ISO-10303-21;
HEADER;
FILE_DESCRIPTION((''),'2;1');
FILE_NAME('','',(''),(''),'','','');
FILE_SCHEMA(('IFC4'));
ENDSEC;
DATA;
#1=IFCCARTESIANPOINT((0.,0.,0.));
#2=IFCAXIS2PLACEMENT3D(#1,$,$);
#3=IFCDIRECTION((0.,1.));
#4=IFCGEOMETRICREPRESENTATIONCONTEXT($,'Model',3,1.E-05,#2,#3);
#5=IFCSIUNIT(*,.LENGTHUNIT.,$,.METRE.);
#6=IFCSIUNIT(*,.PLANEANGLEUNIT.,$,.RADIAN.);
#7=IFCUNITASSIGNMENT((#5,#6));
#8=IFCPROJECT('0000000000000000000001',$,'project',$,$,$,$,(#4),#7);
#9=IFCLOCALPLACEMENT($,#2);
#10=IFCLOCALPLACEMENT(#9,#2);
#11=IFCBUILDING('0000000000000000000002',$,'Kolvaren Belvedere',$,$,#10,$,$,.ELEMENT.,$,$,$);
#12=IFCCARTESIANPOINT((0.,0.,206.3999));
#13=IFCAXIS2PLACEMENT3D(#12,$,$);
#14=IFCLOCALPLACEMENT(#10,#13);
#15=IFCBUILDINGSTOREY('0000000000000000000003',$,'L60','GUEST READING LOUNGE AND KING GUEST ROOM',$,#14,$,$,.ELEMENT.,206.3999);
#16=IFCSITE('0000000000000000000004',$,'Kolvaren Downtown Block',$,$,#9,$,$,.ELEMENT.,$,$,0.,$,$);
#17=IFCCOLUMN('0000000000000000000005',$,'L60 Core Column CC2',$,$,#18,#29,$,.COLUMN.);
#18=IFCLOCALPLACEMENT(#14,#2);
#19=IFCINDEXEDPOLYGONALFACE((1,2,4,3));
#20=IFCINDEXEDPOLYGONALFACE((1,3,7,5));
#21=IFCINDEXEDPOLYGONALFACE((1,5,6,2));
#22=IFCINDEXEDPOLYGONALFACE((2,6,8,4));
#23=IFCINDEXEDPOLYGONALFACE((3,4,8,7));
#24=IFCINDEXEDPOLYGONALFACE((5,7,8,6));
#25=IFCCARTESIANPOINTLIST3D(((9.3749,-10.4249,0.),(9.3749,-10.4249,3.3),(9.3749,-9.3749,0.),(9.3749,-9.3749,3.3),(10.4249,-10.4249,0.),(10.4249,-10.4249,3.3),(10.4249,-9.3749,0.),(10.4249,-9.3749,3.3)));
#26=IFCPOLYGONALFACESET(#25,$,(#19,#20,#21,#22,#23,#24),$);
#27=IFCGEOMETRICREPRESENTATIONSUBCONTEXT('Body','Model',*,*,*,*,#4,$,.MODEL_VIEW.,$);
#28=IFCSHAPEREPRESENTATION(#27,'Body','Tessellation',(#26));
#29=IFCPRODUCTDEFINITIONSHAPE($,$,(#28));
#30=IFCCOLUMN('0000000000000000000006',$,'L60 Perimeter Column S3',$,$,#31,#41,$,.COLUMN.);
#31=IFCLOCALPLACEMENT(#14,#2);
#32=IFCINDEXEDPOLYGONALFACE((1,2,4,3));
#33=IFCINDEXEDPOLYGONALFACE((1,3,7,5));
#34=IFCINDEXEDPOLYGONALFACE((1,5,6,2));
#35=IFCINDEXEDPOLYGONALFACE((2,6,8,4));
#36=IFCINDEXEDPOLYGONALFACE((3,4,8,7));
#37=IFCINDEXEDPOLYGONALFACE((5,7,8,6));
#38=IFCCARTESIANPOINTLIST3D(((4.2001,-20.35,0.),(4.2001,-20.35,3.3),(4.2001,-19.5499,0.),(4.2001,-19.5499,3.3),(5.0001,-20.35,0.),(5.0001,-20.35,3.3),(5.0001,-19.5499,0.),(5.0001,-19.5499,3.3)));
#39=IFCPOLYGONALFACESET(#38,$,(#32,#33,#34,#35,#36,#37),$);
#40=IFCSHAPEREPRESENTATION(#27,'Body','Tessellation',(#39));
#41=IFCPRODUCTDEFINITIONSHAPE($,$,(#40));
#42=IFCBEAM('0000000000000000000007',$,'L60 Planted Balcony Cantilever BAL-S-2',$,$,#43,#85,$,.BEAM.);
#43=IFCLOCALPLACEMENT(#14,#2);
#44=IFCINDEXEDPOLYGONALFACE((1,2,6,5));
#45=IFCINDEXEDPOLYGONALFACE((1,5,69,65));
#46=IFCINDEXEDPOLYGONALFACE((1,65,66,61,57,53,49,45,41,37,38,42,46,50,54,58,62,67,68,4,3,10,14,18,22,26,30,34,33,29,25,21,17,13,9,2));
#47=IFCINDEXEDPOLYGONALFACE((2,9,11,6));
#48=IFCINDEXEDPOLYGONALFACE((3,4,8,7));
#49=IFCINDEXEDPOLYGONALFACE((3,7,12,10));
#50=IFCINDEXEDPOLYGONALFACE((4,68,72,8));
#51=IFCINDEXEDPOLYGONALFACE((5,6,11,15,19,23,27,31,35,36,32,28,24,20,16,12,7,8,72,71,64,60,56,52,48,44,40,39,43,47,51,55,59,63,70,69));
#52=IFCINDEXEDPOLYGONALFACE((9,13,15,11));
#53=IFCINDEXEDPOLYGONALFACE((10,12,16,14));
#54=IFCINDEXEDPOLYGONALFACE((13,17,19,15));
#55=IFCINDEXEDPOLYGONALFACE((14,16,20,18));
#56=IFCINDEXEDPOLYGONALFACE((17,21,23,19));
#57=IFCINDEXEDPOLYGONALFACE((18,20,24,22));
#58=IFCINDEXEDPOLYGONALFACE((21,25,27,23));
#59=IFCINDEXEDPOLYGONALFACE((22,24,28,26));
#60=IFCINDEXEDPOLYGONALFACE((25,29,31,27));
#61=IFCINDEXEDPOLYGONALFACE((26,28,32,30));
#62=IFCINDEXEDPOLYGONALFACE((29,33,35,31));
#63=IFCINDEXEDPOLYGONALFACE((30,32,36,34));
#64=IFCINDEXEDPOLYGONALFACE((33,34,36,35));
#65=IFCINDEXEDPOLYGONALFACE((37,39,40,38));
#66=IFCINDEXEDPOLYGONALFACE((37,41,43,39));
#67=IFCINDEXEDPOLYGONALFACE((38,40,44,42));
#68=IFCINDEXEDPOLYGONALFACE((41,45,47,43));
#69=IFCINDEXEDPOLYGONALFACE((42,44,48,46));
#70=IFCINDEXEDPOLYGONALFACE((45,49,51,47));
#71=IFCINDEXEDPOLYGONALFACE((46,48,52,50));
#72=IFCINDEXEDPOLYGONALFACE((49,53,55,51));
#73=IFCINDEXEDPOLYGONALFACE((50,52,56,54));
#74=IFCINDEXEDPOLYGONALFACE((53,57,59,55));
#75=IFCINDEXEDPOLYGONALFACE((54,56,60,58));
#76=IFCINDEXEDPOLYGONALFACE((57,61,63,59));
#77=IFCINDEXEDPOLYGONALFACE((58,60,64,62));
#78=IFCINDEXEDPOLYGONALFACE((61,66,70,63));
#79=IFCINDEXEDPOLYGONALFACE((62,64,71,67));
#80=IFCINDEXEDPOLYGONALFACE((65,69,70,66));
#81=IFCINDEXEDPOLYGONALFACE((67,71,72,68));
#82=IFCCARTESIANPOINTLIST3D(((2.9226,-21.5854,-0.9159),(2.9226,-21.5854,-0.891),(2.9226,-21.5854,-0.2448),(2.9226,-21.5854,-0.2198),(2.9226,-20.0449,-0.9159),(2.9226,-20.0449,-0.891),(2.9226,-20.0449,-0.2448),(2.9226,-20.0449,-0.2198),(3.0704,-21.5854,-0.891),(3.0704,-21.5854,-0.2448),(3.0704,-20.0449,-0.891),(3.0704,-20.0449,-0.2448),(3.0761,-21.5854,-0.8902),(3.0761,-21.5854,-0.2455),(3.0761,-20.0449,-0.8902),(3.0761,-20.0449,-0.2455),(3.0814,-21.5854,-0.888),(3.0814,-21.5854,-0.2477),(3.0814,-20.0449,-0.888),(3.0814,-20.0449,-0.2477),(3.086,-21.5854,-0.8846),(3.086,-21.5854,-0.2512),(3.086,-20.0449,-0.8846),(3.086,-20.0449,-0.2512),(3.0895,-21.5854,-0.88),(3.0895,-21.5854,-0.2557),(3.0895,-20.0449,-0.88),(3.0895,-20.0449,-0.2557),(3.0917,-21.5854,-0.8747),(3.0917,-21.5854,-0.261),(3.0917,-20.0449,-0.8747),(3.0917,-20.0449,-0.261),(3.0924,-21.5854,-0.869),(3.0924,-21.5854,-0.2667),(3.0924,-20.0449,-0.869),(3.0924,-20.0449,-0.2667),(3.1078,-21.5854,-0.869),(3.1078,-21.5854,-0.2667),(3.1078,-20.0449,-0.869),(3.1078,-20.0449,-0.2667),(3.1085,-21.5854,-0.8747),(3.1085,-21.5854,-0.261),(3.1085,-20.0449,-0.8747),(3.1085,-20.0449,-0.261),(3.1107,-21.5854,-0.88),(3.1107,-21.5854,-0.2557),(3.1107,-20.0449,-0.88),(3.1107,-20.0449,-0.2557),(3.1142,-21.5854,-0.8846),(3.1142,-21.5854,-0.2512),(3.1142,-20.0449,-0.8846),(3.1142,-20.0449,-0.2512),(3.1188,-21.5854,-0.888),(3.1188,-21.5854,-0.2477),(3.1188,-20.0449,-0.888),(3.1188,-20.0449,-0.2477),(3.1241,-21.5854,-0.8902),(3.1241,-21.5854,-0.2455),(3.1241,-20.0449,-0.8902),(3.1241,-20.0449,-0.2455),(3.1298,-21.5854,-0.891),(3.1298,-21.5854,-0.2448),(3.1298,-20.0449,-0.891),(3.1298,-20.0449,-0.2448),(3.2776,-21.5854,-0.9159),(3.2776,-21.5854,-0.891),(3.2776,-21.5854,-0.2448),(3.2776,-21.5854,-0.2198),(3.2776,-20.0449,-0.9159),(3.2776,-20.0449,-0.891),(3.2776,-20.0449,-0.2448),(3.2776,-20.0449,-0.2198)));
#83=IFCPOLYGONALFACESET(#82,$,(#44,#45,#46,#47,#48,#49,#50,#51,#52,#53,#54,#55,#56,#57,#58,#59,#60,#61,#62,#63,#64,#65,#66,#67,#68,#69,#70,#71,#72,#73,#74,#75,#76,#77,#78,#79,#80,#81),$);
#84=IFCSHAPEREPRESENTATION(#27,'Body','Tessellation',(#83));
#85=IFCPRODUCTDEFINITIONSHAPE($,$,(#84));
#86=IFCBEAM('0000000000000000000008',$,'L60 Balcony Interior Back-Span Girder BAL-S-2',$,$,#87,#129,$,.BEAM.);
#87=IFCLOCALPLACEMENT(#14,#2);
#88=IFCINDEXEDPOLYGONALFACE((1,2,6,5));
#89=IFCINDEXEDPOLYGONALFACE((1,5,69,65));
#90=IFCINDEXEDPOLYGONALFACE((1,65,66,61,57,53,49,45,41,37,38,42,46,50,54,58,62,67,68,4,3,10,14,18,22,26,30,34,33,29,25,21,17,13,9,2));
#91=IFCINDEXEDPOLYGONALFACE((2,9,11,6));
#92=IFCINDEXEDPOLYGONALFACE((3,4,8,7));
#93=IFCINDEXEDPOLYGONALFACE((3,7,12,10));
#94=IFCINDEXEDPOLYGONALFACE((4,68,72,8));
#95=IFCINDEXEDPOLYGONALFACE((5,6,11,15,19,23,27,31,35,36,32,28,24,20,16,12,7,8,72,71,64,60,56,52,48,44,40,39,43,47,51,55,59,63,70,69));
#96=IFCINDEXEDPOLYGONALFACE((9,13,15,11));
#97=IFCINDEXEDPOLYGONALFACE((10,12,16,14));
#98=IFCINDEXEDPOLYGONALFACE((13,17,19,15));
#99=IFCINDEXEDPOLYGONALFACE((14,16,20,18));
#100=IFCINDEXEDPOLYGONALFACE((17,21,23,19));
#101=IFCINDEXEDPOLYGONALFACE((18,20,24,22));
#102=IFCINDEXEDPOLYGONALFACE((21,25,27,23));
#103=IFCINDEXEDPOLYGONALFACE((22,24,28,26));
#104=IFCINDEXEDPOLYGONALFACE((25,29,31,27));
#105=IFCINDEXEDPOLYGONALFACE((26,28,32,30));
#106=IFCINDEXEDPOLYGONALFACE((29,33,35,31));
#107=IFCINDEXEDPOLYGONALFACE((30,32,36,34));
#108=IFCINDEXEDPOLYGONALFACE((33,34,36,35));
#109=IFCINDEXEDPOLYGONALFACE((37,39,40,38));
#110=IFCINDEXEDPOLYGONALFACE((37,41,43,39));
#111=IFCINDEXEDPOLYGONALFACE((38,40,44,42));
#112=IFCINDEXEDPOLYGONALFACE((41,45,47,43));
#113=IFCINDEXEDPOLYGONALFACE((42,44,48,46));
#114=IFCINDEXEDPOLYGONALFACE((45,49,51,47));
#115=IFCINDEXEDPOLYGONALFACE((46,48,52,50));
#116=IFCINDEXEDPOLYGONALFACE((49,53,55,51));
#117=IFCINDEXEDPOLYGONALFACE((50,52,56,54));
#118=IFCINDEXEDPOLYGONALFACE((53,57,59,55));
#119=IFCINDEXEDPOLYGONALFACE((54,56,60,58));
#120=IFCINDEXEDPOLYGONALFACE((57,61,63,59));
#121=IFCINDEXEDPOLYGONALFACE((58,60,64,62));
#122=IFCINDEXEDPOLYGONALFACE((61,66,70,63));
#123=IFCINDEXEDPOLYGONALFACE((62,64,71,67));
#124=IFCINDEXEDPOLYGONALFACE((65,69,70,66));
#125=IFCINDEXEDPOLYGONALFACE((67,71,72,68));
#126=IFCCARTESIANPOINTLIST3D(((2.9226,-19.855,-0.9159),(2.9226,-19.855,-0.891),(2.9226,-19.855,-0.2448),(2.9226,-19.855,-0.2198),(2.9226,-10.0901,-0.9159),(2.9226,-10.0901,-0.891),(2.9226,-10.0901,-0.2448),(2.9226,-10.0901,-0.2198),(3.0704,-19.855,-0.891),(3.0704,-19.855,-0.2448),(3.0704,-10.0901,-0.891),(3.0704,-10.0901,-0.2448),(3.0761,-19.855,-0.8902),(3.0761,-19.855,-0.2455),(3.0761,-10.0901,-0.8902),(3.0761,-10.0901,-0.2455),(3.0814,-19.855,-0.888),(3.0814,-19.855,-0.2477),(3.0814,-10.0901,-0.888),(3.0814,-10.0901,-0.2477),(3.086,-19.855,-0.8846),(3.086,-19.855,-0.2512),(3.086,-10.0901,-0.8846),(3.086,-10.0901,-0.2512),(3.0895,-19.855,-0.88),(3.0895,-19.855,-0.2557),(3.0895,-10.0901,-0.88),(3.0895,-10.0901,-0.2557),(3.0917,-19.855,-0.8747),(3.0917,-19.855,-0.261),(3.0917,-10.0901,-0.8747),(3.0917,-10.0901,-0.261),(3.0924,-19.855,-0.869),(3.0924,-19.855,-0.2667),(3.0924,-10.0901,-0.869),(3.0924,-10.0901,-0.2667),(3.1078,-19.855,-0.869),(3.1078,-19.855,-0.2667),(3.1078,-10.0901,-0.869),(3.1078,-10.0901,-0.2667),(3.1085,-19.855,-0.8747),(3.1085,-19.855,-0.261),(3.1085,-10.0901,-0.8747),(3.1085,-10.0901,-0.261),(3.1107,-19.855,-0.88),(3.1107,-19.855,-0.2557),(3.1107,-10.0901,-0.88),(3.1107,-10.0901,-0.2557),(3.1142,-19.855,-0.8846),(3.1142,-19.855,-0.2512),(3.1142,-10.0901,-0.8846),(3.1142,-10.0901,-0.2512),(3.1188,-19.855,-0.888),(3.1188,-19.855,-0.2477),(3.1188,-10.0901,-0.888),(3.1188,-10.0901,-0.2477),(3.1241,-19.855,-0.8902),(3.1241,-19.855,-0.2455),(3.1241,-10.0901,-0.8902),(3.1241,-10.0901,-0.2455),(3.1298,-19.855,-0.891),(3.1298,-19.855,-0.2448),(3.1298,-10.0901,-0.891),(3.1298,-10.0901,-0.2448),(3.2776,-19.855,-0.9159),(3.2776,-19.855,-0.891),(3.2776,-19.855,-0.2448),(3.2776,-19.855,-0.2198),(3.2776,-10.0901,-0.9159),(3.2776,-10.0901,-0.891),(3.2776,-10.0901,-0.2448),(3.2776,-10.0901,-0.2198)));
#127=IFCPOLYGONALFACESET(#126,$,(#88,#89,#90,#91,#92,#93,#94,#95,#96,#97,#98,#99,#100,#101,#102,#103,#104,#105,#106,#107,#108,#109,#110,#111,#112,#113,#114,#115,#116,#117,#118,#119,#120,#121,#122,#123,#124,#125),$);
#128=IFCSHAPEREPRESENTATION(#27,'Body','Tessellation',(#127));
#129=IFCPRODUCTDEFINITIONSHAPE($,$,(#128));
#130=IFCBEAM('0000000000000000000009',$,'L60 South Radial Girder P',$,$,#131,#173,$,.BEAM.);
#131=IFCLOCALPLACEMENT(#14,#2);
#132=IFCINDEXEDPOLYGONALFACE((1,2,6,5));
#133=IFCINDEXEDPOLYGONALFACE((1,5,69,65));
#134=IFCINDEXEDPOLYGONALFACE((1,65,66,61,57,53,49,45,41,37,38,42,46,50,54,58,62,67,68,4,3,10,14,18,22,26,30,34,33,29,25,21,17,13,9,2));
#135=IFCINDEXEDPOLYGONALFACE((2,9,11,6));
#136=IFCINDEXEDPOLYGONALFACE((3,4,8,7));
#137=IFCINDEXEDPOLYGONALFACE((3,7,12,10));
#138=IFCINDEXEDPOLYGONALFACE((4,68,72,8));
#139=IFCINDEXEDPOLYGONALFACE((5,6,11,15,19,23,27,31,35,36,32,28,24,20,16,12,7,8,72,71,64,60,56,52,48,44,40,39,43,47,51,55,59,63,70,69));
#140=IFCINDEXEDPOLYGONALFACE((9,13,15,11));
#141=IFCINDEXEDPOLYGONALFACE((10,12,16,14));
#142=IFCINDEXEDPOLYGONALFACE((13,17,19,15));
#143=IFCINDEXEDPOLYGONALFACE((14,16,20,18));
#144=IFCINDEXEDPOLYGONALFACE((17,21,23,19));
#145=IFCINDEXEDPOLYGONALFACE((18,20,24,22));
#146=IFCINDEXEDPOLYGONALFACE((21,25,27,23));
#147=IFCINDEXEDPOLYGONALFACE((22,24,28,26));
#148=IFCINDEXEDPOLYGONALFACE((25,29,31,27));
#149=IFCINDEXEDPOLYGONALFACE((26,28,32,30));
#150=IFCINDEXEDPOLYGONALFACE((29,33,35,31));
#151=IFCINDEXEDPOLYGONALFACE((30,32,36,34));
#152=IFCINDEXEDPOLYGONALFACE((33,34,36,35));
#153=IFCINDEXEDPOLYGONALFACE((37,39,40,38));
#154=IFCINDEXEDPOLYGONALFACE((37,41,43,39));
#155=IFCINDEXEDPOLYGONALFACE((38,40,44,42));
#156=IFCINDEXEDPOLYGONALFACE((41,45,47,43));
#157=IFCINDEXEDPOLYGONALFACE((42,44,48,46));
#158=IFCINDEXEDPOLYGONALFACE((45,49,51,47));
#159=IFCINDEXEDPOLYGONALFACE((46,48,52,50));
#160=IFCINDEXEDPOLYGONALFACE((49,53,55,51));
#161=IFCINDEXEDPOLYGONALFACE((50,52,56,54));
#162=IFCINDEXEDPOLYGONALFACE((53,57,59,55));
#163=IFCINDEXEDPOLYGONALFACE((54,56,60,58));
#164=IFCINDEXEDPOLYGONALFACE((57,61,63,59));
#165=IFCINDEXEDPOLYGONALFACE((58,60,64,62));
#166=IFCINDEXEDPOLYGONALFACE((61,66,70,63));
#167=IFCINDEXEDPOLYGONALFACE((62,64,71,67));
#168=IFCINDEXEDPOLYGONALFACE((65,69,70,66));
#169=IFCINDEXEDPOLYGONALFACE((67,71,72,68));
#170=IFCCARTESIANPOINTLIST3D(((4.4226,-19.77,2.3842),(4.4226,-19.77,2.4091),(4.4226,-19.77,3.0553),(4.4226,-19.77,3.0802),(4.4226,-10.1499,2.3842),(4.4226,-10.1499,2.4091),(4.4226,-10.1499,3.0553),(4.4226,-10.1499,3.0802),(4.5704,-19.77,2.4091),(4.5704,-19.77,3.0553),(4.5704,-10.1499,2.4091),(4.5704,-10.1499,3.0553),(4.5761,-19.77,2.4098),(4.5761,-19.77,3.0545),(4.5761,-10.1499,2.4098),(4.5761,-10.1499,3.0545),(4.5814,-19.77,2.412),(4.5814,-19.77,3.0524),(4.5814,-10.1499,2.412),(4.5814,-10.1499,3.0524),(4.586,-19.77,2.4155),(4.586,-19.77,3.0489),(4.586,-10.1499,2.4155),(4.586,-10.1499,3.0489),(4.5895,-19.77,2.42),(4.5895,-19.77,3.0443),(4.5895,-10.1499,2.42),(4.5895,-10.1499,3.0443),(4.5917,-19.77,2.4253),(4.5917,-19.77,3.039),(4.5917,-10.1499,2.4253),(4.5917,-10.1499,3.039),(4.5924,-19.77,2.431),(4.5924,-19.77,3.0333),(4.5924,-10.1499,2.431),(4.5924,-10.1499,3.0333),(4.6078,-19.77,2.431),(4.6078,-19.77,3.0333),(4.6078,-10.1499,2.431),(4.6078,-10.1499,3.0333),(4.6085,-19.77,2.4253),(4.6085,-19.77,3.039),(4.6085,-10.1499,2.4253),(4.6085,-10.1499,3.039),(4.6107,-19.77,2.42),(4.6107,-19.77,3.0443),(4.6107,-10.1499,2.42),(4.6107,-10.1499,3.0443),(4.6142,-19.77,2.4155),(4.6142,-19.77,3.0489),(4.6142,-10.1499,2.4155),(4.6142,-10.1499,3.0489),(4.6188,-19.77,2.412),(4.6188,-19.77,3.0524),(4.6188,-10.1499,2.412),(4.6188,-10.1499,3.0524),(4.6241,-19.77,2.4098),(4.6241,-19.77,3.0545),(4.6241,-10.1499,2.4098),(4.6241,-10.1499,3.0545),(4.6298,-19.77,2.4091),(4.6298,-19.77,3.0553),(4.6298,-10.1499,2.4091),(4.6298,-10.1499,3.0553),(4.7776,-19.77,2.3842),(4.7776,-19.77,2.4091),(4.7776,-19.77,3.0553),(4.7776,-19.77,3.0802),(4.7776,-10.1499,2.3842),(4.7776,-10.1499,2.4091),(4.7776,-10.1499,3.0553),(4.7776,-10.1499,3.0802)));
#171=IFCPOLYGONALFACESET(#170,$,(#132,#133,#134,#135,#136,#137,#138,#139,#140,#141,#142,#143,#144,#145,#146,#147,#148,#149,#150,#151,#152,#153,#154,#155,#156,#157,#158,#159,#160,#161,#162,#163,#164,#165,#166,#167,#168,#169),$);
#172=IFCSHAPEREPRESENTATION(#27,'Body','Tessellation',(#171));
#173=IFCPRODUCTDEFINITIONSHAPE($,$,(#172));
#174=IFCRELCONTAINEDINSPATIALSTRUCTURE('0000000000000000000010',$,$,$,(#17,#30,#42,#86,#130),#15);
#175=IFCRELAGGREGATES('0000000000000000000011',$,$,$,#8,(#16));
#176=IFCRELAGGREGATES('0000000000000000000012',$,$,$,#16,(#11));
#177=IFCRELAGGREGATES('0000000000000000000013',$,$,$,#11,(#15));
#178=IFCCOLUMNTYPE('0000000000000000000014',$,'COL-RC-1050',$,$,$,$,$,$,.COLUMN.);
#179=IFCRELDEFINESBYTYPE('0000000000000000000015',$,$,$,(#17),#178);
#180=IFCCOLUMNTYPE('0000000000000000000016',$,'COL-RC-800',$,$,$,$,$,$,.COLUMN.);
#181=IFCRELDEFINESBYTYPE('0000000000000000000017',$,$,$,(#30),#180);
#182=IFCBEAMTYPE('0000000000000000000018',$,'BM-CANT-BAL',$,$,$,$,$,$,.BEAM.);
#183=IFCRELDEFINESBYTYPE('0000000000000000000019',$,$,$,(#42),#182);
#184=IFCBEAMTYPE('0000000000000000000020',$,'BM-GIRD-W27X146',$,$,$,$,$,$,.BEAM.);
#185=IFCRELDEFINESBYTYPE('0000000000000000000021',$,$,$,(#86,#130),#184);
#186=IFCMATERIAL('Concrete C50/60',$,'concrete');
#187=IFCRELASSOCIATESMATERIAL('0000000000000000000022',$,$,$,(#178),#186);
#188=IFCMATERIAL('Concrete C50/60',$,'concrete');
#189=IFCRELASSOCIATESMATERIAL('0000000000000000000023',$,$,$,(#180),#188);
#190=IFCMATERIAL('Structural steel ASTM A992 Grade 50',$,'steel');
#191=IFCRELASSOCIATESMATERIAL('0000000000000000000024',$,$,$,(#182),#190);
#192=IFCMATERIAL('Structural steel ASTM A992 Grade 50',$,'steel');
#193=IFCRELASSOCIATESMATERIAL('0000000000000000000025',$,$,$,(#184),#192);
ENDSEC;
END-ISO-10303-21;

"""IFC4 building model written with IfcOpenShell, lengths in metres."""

from ifc_helpers import new_model, si_unit, direction, frame, origin, origin_2d, place, context, subcontext, project, spatial, rectangle, i_section, extrude, material, material_profile, profile_set, type_object, element, save


model = new_model("IFC4")

# Units and contexts
model_context = context("Model", 3, precision=1e-05, world=origin(), true_north=direction((0.0, 1.0)))
body_context = subcontext(model_context, "Body", "Model", "MODEL_VIEW")
ifc_project = project(units=[si_unit("LENGTHUNIT", "METRE"), si_unit("PLANEANGLEUNIT", "RADIAN")], contexts=[model_context])

# Site, building, storey
site_placement = place(None, origin())
site = spatial("IfcSite", under=ifc_project, at=site_placement, Name="Kolvaren Downtown Block", CompositionType="ELEMENT", RefElevation=0.0)
building_placement = place(site_placement, origin())
building = spatial("IfcBuilding", under=site, at=building_placement, Name="Kolvaren Belvedere", CompositionType="ELEMENT")
storey_placement = place(building_placement, frame((0.0, 0.0, 206.3999)))
storey = spatial("IfcBuildingStorey", under=building, at=storey_placement, Name="L60", Description="GUEST READING LOUNGE AND KING GUEST ROOM", CompositionType="ELEMENT", Elevation=206.3999)

# Columns
ifc_material_1 = material(Name="Concrete C50/60", Category="concrete")
ifc_material_profile_1 = material_profile(ifc_material_1, rectangle(XDim=1.05, YDim=1.05, at=origin_2d()), Name="RC 1050X1050")
ifc_profile_set_1 = profile_set([ifc_material_profile_1], Name="Concrete C50/60")
column_type_1 = type_object("IfcColumnType", Name="COL-RC-1050", PredefinedType="COLUMN", material=ifc_profile_set_1)
column_1_placement = place(storey_placement, frame((9.8999, -9.8999, 0.0), z_axis=(0.0, 0.0, 1.0), x_axis=(1.0, 0.0, 0.0)))
element("IfcColumn", 1, at=column_1_placement, inside=storey, type_object=column_type_1, Name="L60 Core Column CC2", PredefinedType="COLUMN", context=body_context, shape_type="SweptSolid", body=[
    extrude(rectangle(XDim=1.05, YDim=1.05, at=origin_2d()), origin(), (0.0, 0.0, 1.0), 3.3),
])
ifc_material_2 = material(Name="Concrete C50/60", Category="concrete")
ifc_material_profile_2 = material_profile(ifc_material_2, rectangle(XDim=0.8, YDim=0.8, at=origin_2d()), Name="RC 800X800")
ifc_profile_set_2 = profile_set([ifc_material_profile_2], Name="Concrete C50/60")
column_type_2 = type_object("IfcColumnType", Name="COL-RC-800", PredefinedType="COLUMN", material=ifc_profile_set_2)
column_2_placement = place(storey_placement, frame((4.6001, -19.95, 0.0), z_axis=(0.0, 0.0, 1.0), x_axis=(1.0, 0.0, 0.0)))
element("IfcColumn", 2, at=column_2_placement, inside=storey, type_object=column_type_2, Name="L60 Perimeter Column S3", PredefinedType="COLUMN", context=body_context, shape_type="SweptSolid", body=[
    extrude(rectangle(XDim=0.8, YDim=0.8, at=origin_2d()), origin(), (0.0, 0.0, 1.0), 3.3),
])

# Beams
ifc_material_3 = material(Name="Structural steel ASTM A992 Grade 50", Category="steel")
ifc_material_profile_3 = material_profile(ifc_material_3, i_section(OverallWidth=0.355, OverallDepth=0.696, WebThickness=0.0154, FlangeThickness=0.0249, FilletRadius=0.022, at=origin_2d()), Name="W27X146")
ifc_profile_set_3 = profile_set([ifc_material_profile_3], Name="Structural steel ASTM A992 Grade 50")
beam_type_1 = type_object("IfcBeamType", Name="BM-CANT-BAL", PredefinedType="BEAM", material=ifc_profile_set_3)
beam_1_placement = place(storey_placement, frame((3.1001, -20.0449, -0.5679), z_axis=(0.0, -1.0, 0.0), x_axis=(1.0, 0.0, 0.0)))
element("IfcBeam", 3, at=beam_1_placement, inside=storey, type_object=beam_type_1, Name="L60 Planted Balcony Cantilever BAL-S-2", PredefinedType="BEAM", context=body_context, shape_type="SweptSolid", body=[
    extrude(i_section(OverallWidth=0.355, OverallDepth=0.696, WebThickness=0.0154, FlangeThickness=0.0249, FilletRadius=0.022, at=origin_2d()), origin(), (0.0, 0.0, 1.0), 1.5405),
])
ifc_material_4 = material(Name="Structural steel ASTM A992 Grade 50", Category="steel")
ifc_material_profile_4 = material_profile(ifc_material_4, i_section(OverallWidth=0.355, OverallDepth=0.696, WebThickness=0.0154, FlangeThickness=0.0249, FilletRadius=0.022, at=origin_2d()), Name="W27X146")
ifc_profile_set_4 = profile_set([ifc_material_profile_4], Name="Structural steel ASTM A992 Grade 50")
beam_type_2 = type_object("IfcBeamType", Name="BM-GIRD-W27X146", PredefinedType="BEAM", material=ifc_profile_set_4)
beam_2_placement = place(storey_placement, frame((3.1001, -10.0901, -0.5679), z_axis=(0.0, -1.0, 0.0), x_axis=(1.0, 0.0, 0.0)))
element("IfcBeam", 4, at=beam_2_placement, inside=storey, type_object=beam_type_2, Name="L60 Balcony Interior Back-Span Girder BAL-S-2", PredefinedType="BEAM", context=body_context, shape_type="SweptSolid", body=[
    extrude(i_section(OverallWidth=0.355, OverallDepth=0.696, WebThickness=0.0154, FlangeThickness=0.0249, FilletRadius=0.022, at=origin_2d()), origin(), (0.0, 0.0, 1.0), 9.7649),
])
beam_3_placement = place(storey_placement, frame((4.6001, -10.1499, 2.7322), z_axis=(0.0, -1.0, 0.0), x_axis=(1.0, 0.0, 0.0)))
element("IfcBeam", 5, at=beam_3_placement, inside=storey, type_object=beam_type_2, Name="L60 South Radial Girder P", PredefinedType="BEAM", context=body_context, shape_type="SweptSolid", body=[
    extrude(i_section(OverallWidth=0.355, OverallDepth=0.696, WebThickness=0.0154, FlangeThickness=0.0249, FilletRadius=0.022, at=origin_2d()), origin(), (0.0, 0.0, 1.0), 9.6201),
])

save(model, "model.ifc")
